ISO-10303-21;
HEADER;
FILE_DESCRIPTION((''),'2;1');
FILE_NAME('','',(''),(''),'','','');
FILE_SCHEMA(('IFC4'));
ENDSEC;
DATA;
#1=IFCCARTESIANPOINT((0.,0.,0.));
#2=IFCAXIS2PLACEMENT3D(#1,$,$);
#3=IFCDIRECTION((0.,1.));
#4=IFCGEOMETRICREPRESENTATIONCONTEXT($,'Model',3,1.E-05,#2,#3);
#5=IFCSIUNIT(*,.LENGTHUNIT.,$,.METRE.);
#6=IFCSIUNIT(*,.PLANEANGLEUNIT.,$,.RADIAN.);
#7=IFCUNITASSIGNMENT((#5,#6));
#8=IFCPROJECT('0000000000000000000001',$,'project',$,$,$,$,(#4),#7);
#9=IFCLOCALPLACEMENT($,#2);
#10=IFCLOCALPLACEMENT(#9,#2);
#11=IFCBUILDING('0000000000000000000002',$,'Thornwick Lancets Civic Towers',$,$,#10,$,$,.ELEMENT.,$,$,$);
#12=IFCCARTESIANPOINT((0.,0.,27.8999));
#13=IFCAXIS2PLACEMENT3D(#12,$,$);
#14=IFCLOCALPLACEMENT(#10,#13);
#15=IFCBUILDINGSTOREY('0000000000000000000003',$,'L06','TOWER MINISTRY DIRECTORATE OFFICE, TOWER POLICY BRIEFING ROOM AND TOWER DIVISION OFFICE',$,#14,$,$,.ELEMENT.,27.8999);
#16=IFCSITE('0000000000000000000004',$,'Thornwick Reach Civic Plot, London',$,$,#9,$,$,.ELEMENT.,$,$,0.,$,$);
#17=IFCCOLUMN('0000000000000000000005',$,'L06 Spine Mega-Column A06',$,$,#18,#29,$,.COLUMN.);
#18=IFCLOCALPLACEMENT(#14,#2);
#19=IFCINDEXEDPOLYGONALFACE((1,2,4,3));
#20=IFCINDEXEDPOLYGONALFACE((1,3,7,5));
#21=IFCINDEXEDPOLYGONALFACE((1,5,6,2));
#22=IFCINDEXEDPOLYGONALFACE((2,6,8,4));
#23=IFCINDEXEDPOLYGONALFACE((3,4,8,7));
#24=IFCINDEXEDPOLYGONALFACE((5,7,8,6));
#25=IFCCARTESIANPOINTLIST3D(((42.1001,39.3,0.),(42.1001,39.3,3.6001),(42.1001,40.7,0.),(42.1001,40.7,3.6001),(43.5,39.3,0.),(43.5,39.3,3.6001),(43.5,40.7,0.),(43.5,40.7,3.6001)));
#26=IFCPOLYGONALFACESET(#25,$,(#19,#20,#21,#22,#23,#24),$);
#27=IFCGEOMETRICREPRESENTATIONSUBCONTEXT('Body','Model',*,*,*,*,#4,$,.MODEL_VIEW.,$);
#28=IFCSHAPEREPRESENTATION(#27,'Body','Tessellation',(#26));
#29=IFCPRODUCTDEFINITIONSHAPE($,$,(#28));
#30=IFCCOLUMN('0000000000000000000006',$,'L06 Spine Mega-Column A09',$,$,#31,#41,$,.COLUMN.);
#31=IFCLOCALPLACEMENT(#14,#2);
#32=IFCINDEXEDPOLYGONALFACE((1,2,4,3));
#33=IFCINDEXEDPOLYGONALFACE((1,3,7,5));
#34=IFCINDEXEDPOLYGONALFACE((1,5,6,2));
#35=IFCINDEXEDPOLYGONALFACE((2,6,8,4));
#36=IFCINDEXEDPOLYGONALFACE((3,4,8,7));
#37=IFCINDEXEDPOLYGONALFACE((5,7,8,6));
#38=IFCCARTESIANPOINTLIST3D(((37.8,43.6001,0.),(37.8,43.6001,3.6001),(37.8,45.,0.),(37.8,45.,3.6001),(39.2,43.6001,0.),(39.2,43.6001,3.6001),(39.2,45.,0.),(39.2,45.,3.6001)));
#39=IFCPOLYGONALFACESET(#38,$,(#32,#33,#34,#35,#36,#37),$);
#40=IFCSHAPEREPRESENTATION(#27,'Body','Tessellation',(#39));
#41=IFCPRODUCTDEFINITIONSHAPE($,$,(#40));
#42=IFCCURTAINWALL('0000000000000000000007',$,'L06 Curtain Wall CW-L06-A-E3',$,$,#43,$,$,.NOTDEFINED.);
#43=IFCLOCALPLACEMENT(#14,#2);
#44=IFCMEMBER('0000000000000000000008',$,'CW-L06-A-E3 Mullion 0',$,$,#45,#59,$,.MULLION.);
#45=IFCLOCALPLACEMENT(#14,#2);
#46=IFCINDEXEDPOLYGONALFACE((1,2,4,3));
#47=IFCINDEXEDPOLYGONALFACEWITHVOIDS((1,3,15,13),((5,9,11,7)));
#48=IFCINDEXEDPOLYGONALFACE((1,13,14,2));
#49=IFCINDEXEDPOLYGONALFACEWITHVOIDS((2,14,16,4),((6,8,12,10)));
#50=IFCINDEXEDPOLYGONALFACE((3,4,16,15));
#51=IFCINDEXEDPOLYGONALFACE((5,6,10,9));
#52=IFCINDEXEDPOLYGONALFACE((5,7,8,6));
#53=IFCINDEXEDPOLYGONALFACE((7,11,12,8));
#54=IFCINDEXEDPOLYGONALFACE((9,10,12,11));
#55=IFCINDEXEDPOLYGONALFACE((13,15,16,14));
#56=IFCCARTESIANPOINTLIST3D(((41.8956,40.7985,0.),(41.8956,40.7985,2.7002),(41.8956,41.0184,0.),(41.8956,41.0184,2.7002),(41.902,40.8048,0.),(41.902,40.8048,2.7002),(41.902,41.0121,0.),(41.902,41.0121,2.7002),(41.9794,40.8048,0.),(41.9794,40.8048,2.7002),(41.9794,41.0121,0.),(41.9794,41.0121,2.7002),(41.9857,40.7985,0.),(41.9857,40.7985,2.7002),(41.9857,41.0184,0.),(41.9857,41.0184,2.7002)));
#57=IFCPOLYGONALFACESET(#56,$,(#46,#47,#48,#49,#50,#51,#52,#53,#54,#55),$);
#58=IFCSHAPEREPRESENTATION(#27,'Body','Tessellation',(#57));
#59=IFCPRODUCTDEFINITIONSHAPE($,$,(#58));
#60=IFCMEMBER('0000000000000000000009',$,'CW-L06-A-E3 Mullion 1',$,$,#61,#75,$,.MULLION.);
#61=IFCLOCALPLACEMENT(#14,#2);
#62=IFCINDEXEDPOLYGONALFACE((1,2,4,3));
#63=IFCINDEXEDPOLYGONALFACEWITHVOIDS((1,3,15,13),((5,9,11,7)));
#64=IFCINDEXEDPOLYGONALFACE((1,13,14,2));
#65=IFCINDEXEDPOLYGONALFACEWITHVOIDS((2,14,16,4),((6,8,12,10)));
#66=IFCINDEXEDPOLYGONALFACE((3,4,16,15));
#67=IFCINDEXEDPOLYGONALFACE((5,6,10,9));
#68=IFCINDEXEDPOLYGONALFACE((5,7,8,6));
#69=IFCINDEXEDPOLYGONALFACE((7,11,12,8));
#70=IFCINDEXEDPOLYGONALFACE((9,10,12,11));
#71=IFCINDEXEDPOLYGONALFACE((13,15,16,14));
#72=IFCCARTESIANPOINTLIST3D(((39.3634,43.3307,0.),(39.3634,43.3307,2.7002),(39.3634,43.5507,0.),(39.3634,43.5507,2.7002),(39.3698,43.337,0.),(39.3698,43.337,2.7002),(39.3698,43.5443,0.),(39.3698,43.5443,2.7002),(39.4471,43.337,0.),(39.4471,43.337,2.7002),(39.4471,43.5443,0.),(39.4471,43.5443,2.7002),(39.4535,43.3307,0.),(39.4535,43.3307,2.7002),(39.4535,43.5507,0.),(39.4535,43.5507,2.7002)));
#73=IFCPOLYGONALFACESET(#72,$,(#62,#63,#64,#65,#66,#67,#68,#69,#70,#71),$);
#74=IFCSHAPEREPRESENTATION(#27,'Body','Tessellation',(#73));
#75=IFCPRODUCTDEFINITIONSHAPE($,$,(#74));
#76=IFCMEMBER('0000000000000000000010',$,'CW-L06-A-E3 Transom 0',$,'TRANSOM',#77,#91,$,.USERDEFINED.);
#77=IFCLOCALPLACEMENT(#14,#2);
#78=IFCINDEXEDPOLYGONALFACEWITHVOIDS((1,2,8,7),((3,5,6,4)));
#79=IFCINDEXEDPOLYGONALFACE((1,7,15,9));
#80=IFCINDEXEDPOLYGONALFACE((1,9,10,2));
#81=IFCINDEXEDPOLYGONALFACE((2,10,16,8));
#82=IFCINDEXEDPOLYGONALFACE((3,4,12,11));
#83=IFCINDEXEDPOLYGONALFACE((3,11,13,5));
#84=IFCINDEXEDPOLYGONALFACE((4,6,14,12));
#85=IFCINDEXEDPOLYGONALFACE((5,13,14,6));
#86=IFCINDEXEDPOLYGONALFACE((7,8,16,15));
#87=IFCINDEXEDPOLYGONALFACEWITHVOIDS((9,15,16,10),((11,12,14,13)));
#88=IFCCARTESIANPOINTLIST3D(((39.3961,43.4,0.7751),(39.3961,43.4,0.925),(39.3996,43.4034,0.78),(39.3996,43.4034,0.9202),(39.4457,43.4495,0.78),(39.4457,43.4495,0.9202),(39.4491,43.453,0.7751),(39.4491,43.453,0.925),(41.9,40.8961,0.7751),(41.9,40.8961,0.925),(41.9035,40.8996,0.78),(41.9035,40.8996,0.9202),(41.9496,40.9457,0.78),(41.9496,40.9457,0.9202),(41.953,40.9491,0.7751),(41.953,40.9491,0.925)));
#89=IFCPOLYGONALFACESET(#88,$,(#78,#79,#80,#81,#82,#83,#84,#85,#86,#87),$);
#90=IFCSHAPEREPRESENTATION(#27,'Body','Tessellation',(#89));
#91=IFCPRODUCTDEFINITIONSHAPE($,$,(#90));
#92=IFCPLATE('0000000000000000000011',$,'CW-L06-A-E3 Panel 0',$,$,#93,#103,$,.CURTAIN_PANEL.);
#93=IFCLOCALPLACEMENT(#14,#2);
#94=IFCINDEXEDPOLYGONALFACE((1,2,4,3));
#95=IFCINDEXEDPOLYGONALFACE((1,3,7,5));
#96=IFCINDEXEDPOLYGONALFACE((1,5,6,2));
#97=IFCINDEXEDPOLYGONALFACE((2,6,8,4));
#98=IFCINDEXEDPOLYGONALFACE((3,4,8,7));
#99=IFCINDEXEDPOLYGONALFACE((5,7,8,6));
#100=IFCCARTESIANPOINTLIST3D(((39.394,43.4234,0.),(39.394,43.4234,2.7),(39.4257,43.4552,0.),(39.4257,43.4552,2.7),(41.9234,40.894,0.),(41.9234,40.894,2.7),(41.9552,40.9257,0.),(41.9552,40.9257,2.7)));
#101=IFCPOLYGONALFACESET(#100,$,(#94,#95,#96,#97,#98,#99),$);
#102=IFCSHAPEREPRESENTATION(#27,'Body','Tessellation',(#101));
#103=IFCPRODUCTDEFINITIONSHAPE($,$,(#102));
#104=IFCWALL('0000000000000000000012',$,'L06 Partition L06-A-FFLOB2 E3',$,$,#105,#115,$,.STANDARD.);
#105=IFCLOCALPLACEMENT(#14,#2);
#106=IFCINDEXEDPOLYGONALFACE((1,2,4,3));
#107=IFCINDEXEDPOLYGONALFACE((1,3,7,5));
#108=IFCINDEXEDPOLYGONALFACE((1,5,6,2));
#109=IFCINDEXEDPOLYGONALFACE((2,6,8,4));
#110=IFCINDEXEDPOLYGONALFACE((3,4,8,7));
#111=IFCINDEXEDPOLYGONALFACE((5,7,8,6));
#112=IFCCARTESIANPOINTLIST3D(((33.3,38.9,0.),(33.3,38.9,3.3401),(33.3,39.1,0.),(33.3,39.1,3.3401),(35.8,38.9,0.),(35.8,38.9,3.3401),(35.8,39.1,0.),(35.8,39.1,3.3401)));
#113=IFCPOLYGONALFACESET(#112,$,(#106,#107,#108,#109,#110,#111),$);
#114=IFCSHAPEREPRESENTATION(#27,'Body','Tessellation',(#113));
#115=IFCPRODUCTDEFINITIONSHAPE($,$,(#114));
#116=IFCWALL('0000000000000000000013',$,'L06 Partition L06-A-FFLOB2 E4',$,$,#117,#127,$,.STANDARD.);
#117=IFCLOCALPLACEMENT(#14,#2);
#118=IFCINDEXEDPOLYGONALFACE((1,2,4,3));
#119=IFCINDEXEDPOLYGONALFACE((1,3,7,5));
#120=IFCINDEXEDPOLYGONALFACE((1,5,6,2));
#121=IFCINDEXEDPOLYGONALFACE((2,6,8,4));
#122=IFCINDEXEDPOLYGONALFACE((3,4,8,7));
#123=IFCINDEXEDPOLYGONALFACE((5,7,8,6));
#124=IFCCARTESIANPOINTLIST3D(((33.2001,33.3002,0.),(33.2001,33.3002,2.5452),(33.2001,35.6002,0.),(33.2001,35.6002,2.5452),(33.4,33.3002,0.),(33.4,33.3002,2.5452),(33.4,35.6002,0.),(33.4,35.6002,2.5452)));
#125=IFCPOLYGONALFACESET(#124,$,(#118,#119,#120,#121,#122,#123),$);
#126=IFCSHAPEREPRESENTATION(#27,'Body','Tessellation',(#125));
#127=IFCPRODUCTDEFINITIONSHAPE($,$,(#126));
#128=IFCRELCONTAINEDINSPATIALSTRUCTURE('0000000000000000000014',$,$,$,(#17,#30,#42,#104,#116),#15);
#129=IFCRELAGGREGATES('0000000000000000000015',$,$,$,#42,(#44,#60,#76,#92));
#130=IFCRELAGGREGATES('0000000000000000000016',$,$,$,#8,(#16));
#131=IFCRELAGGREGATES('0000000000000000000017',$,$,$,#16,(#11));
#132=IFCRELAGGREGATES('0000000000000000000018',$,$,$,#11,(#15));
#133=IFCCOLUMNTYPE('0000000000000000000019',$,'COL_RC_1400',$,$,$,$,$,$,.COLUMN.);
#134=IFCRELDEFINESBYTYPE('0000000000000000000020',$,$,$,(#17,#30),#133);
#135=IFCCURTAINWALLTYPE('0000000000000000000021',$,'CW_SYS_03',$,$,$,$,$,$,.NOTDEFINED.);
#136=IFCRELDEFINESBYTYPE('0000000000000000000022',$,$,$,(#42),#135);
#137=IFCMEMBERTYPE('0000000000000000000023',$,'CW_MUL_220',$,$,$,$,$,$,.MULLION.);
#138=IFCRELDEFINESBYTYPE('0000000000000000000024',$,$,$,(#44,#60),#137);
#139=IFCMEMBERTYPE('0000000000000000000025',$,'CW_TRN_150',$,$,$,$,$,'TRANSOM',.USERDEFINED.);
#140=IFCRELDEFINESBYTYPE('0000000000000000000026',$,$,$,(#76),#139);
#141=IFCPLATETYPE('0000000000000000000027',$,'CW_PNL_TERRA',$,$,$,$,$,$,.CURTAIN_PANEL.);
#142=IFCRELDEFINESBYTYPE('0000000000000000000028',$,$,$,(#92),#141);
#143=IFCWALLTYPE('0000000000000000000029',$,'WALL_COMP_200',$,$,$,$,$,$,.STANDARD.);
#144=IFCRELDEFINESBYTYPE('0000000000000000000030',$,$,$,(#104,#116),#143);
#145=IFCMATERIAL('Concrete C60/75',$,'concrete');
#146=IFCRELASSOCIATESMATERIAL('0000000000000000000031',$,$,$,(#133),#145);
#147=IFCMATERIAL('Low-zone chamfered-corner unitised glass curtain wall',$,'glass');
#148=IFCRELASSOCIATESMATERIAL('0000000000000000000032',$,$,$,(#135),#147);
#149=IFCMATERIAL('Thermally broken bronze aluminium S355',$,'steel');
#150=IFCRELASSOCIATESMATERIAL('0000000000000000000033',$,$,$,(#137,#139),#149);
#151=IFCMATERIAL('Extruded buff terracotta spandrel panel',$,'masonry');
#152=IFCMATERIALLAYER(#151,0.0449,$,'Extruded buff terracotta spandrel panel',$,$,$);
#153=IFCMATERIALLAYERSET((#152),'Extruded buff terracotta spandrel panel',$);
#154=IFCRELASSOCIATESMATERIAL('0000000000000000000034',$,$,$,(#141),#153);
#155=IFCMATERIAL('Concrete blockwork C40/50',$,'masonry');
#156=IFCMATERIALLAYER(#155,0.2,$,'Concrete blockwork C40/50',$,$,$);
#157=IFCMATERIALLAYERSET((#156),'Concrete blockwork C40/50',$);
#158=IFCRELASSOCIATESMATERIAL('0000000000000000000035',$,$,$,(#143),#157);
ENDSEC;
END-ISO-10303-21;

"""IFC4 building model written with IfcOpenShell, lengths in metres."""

from ifc_helpers import new_model, si_unit, direction, frame, frame_2d, origin, origin_2d, place, context, subcontext, project, spatial, rectangle, hollow_rectangle, extrude, material, layer, layer_set, material_profile, profile_set, type_object, element, aggregate, save


model = new_model("IFC4")

# Units and contexts
model_context = context("Model", 3, precision=1e-05, world=origin(), true_north=direction((0.0, 1.0)))
body_context = subcontext(model_context, "Body", "Model", "MODEL_VIEW")
ifc_project = project(units=[si_unit("LENGTHUNIT", "METRE"), si_unit("PLANEANGLEUNIT", "RADIAN")], contexts=[model_context])

# Site, building, storey
site_placement = place(None, origin())
site = spatial("IfcSite", under=ifc_project, at=site_placement, Name="Thornwick Reach Civic Plot, London", CompositionType="ELEMENT", RefElevation=0.0)
building_placement = place(site_placement, origin())
building = spatial("IfcBuilding", under=site, at=building_placement, Name="Thornwick Lancets Civic Towers", CompositionType="ELEMENT")
storey_placement = place(building_placement, frame((0.0, 0.0, 27.8999)))
storey = spatial("IfcBuildingStorey", under=building, at=storey_placement, Name="L06", Description="TOWER MINISTRY DIRECTORATE OFFICE, TOWER POLICY BRIEFING ROOM AND TOWER DIVISION OFFICE", CompositionType="ELEMENT", Elevation=27.8999)

# Columns
ifc_material_1 = material(Name="Concrete C60/75", Category="concrete")
ifc_material_profile_1 = material_profile(ifc_material_1, rectangle(XDim=1.3999, YDim=1.3999, at=origin_2d()), Name="RC 1400x1400")
ifc_profile_set_1 = profile_set([ifc_material_profile_1], Name="Concrete C60/75")
column_type = type_object("IfcColumnType", Name="COL_RC_1400", PredefinedType="COLUMN", material=ifc_profile_set_1)
for number, where, z_axis, x_axis, name in (
    (1, (42.8, 40.0, 0.0), (0.0, 0.0, 1.0), (1.0, 0.0, 0.0), "L06 Spine Mega-Column A06"),
    (2, (38.5, 44.3, 0.0), (0.0, 0.0, 1.0), (1.0, 0.0, 0.0), "L06 Spine Mega-Column A09"),
):
    element("IfcColumn", number, at=place(storey_placement, frame(where, z_axis=z_axis, x_axis=x_axis)), inside=storey, type_object=column_type, Name=name, PredefinedType="COLUMN", context=body_context, shape_type="SweptSolid", body=[
        extrude(rectangle(XDim=1.3999, YDim=1.3999, at=origin_2d()), origin(), (0.0, 0.0, 1.0), 3.6001),
    ])

# Curtain wall, members, plate
ifc_material_2 = material(Name="Low-zone chamfered-corner unitised glass curtain wall", Category="glass")
curtain_wall_type = type_object("IfcCurtainWallType", Name="CW_SYS_03", PredefinedType="NOTDEFINED", material=ifc_material_2)
curtain_wall_placement = place(storey_placement, origin())
curtain_wall = element("IfcCurtainWall", 3, at=curtain_wall_placement, inside=storey, type_object=curtain_wall_type, Name="L06 Curtain Wall CW-L06-A-E3", PredefinedType="NOTDEFINED")
ifc_material_3 = material(Name="Thermally broken bronze aluminium S355", Category="steel")
ifc_material_profile_2 = material_profile(ifc_material_3, hollow_rectangle(XDim=0.0901, YDim=0.22, WallThickness=0.0063, at=origin_2d()), Name="RHS 220x90x6.3")
ifc_profile_set_2 = profile_set([ifc_material_profile_2], Name="Thermally broken bronze aluminium S355")
member_type_1 = type_object("IfcMemberType", Name="CW_MUL_220", PredefinedType="MULLION", material=ifc_profile_set_2)
member_1_placement = place(storey_placement, frame((41.9407, 40.9084, 0.0), z_axis=(0.0, 0.0, 1.0), x_axis=(1.0, 0.0, 0.0)))
member_1 = element("IfcMember", 4, at=member_1_placement, type_object=member_type_1, Name="CW-L06-A-E3 Mullion 0", PredefinedType="MULLION", context=body_context, shape_type="SweptSolid", body=[
    extrude(hollow_rectangle(XDim=0.0901, YDim=0.22, WallThickness=0.0063, at=origin_2d()), origin(), (0.0, 0.0, 1.0), 2.7002),
])
member_2_placement = place(storey_placement, frame((39.4084, 43.4407, 0.0), z_axis=(0.0, 0.0, 1.0), x_axis=(1.0, 0.0, 0.0)))
member_2 = element("IfcMember", 5, at=member_2_placement, type_object=member_type_1, Name="CW-L06-A-E3 Mullion 1", PredefinedType="MULLION", context=body_context, shape_type="SweptSolid", body=[
    extrude(hollow_rectangle(XDim=0.0901, YDim=0.22, WallThickness=0.0063, at=origin_2d()), origin(), (0.0, 0.0, 1.0), 2.7002),
])
ifc_material_profile_3 = material_profile(ifc_material_3, hollow_rectangle(XDim=0.075, YDim=0.1499, WallThickness=0.0049, at=origin_2d()), Name="RHS 150x75x5")
ifc_profile_set_3 = profile_set([ifc_material_profile_3], Name="Thermally broken bronze aluminium S355")
member_type_2 = type_object("IfcMemberType", Name="CW_TRN_150", ElementType="TRANSOM", PredefinedType="USERDEFINED", material=ifc_profile_set_3)
member_3_placement = place(storey_placement, frame((41.9265, 40.9226, 0.8501), z_axis=(-0.707107, 0.707107, 0.0), x_axis=(-0.707107, -0.707107, 0.0)))
member_3 = element("IfcMember", 6, at=member_3_placement, type_object=member_type_2, Name="CW-L06-A-E3 Transom 0", ObjectType="TRANSOM", PredefinedType="USERDEFINED", context=body_context, shape_type="SweptSolid", body=[
    extrude(hollow_rectangle(XDim=0.075, YDim=0.1499, WallThickness=0.0049, at=origin_2d()), origin(), (0.0, 0.0, 1.0), 3.541),
])
ifc_material_4 = material(Name="Extruded buff terracotta spandrel panel", Category="masonry")
ifc_layer_1 = layer(ifc_material_4, 0.0449, Name="Extruded buff terracotta spandrel panel")
ifc_layer_set_1 = layer_set([ifc_layer_1], Name="Extruded buff terracotta spandrel panel")
plate_type = type_object("IfcPlateType", Name="CW_PNL_TERRA", PredefinedType="CURTAIN_PANEL", material=ifc_layer_set_1)
plate_placement = place(storey_placement, frame((40.6746, 42.1746, 0.0), z_axis=(0.0, 0.0, 1.0), x_axis=(-0.707107, 0.707107, 0.0)))
plate = element("IfcPlate", 7, at=plate_placement, type_object=plate_type, Name="CW-L06-A-E3 Panel 0", PredefinedType="CURTAIN_PANEL", context=body_context, shape_type="SweptSolid", body=[
    extrude(rectangle(XDim=3.5771, YDim=0.0449, at=origin_2d()), origin(), (0.0, 0.0, 1.0), 2.7),
])
aggregate(curtain_wall, [member_1, member_2, member_3, plate])

# Walls
ifc_material_5 = material(Name="Concrete blockwork C40/50", Category="masonry")
ifc_layer_2 = layer(ifc_material_5, 0.2, Name="Concrete blockwork C40/50")
ifc_layer_set_2 = layer_set([ifc_layer_2], Name="Concrete blockwork C40/50")
wall_type_1 = type_object("IfcWallType", Name="WALL_COMP_200", PredefinedType="STANDARD", material=ifc_layer_set_2)
wall_1_placement = place(storey_placement, frame((35.8, 39.0, 0.0), z_axis=(0.0, 0.0, 1.0), x_axis=(-1.0, 0.0, 0.0)))
element("IfcWall", 8, at=wall_1_placement, inside=storey, type_object=wall_type_1, Name="L06 Partition L06-A-FFLOB2 E3", PredefinedType="STANDARD", context=body_context, shape_type="SweptSolid", body=[
    extrude(rectangle(XDim=2.5, YDim=0.2, at=frame_2d((1.25, 0.0))), origin(), (0.0, 0.0, 1.0), 3.3401),
])
wall_2_placement = place(storey_placement, frame((33.3, 35.6001, 0.0), z_axis=(0.0, 0.0, 1.0), x_axis=(0.0, -1.0, 0.0)))
element("IfcWall", 9, at=wall_2_placement, inside=storey, type_object=wall_type_1, Name="L06 Partition L06-A-FFLOB2 E4", PredefinedType="STANDARD", context=body_context, shape_type="SweptSolid", body=[
    extrude(rectangle(XDim=2.3, YDim=0.2, at=frame_2d((1.1499, 0.0))), origin(), (0.0, 0.0, 1.0), 2.5452),
])

save(model, "model.ifc")
